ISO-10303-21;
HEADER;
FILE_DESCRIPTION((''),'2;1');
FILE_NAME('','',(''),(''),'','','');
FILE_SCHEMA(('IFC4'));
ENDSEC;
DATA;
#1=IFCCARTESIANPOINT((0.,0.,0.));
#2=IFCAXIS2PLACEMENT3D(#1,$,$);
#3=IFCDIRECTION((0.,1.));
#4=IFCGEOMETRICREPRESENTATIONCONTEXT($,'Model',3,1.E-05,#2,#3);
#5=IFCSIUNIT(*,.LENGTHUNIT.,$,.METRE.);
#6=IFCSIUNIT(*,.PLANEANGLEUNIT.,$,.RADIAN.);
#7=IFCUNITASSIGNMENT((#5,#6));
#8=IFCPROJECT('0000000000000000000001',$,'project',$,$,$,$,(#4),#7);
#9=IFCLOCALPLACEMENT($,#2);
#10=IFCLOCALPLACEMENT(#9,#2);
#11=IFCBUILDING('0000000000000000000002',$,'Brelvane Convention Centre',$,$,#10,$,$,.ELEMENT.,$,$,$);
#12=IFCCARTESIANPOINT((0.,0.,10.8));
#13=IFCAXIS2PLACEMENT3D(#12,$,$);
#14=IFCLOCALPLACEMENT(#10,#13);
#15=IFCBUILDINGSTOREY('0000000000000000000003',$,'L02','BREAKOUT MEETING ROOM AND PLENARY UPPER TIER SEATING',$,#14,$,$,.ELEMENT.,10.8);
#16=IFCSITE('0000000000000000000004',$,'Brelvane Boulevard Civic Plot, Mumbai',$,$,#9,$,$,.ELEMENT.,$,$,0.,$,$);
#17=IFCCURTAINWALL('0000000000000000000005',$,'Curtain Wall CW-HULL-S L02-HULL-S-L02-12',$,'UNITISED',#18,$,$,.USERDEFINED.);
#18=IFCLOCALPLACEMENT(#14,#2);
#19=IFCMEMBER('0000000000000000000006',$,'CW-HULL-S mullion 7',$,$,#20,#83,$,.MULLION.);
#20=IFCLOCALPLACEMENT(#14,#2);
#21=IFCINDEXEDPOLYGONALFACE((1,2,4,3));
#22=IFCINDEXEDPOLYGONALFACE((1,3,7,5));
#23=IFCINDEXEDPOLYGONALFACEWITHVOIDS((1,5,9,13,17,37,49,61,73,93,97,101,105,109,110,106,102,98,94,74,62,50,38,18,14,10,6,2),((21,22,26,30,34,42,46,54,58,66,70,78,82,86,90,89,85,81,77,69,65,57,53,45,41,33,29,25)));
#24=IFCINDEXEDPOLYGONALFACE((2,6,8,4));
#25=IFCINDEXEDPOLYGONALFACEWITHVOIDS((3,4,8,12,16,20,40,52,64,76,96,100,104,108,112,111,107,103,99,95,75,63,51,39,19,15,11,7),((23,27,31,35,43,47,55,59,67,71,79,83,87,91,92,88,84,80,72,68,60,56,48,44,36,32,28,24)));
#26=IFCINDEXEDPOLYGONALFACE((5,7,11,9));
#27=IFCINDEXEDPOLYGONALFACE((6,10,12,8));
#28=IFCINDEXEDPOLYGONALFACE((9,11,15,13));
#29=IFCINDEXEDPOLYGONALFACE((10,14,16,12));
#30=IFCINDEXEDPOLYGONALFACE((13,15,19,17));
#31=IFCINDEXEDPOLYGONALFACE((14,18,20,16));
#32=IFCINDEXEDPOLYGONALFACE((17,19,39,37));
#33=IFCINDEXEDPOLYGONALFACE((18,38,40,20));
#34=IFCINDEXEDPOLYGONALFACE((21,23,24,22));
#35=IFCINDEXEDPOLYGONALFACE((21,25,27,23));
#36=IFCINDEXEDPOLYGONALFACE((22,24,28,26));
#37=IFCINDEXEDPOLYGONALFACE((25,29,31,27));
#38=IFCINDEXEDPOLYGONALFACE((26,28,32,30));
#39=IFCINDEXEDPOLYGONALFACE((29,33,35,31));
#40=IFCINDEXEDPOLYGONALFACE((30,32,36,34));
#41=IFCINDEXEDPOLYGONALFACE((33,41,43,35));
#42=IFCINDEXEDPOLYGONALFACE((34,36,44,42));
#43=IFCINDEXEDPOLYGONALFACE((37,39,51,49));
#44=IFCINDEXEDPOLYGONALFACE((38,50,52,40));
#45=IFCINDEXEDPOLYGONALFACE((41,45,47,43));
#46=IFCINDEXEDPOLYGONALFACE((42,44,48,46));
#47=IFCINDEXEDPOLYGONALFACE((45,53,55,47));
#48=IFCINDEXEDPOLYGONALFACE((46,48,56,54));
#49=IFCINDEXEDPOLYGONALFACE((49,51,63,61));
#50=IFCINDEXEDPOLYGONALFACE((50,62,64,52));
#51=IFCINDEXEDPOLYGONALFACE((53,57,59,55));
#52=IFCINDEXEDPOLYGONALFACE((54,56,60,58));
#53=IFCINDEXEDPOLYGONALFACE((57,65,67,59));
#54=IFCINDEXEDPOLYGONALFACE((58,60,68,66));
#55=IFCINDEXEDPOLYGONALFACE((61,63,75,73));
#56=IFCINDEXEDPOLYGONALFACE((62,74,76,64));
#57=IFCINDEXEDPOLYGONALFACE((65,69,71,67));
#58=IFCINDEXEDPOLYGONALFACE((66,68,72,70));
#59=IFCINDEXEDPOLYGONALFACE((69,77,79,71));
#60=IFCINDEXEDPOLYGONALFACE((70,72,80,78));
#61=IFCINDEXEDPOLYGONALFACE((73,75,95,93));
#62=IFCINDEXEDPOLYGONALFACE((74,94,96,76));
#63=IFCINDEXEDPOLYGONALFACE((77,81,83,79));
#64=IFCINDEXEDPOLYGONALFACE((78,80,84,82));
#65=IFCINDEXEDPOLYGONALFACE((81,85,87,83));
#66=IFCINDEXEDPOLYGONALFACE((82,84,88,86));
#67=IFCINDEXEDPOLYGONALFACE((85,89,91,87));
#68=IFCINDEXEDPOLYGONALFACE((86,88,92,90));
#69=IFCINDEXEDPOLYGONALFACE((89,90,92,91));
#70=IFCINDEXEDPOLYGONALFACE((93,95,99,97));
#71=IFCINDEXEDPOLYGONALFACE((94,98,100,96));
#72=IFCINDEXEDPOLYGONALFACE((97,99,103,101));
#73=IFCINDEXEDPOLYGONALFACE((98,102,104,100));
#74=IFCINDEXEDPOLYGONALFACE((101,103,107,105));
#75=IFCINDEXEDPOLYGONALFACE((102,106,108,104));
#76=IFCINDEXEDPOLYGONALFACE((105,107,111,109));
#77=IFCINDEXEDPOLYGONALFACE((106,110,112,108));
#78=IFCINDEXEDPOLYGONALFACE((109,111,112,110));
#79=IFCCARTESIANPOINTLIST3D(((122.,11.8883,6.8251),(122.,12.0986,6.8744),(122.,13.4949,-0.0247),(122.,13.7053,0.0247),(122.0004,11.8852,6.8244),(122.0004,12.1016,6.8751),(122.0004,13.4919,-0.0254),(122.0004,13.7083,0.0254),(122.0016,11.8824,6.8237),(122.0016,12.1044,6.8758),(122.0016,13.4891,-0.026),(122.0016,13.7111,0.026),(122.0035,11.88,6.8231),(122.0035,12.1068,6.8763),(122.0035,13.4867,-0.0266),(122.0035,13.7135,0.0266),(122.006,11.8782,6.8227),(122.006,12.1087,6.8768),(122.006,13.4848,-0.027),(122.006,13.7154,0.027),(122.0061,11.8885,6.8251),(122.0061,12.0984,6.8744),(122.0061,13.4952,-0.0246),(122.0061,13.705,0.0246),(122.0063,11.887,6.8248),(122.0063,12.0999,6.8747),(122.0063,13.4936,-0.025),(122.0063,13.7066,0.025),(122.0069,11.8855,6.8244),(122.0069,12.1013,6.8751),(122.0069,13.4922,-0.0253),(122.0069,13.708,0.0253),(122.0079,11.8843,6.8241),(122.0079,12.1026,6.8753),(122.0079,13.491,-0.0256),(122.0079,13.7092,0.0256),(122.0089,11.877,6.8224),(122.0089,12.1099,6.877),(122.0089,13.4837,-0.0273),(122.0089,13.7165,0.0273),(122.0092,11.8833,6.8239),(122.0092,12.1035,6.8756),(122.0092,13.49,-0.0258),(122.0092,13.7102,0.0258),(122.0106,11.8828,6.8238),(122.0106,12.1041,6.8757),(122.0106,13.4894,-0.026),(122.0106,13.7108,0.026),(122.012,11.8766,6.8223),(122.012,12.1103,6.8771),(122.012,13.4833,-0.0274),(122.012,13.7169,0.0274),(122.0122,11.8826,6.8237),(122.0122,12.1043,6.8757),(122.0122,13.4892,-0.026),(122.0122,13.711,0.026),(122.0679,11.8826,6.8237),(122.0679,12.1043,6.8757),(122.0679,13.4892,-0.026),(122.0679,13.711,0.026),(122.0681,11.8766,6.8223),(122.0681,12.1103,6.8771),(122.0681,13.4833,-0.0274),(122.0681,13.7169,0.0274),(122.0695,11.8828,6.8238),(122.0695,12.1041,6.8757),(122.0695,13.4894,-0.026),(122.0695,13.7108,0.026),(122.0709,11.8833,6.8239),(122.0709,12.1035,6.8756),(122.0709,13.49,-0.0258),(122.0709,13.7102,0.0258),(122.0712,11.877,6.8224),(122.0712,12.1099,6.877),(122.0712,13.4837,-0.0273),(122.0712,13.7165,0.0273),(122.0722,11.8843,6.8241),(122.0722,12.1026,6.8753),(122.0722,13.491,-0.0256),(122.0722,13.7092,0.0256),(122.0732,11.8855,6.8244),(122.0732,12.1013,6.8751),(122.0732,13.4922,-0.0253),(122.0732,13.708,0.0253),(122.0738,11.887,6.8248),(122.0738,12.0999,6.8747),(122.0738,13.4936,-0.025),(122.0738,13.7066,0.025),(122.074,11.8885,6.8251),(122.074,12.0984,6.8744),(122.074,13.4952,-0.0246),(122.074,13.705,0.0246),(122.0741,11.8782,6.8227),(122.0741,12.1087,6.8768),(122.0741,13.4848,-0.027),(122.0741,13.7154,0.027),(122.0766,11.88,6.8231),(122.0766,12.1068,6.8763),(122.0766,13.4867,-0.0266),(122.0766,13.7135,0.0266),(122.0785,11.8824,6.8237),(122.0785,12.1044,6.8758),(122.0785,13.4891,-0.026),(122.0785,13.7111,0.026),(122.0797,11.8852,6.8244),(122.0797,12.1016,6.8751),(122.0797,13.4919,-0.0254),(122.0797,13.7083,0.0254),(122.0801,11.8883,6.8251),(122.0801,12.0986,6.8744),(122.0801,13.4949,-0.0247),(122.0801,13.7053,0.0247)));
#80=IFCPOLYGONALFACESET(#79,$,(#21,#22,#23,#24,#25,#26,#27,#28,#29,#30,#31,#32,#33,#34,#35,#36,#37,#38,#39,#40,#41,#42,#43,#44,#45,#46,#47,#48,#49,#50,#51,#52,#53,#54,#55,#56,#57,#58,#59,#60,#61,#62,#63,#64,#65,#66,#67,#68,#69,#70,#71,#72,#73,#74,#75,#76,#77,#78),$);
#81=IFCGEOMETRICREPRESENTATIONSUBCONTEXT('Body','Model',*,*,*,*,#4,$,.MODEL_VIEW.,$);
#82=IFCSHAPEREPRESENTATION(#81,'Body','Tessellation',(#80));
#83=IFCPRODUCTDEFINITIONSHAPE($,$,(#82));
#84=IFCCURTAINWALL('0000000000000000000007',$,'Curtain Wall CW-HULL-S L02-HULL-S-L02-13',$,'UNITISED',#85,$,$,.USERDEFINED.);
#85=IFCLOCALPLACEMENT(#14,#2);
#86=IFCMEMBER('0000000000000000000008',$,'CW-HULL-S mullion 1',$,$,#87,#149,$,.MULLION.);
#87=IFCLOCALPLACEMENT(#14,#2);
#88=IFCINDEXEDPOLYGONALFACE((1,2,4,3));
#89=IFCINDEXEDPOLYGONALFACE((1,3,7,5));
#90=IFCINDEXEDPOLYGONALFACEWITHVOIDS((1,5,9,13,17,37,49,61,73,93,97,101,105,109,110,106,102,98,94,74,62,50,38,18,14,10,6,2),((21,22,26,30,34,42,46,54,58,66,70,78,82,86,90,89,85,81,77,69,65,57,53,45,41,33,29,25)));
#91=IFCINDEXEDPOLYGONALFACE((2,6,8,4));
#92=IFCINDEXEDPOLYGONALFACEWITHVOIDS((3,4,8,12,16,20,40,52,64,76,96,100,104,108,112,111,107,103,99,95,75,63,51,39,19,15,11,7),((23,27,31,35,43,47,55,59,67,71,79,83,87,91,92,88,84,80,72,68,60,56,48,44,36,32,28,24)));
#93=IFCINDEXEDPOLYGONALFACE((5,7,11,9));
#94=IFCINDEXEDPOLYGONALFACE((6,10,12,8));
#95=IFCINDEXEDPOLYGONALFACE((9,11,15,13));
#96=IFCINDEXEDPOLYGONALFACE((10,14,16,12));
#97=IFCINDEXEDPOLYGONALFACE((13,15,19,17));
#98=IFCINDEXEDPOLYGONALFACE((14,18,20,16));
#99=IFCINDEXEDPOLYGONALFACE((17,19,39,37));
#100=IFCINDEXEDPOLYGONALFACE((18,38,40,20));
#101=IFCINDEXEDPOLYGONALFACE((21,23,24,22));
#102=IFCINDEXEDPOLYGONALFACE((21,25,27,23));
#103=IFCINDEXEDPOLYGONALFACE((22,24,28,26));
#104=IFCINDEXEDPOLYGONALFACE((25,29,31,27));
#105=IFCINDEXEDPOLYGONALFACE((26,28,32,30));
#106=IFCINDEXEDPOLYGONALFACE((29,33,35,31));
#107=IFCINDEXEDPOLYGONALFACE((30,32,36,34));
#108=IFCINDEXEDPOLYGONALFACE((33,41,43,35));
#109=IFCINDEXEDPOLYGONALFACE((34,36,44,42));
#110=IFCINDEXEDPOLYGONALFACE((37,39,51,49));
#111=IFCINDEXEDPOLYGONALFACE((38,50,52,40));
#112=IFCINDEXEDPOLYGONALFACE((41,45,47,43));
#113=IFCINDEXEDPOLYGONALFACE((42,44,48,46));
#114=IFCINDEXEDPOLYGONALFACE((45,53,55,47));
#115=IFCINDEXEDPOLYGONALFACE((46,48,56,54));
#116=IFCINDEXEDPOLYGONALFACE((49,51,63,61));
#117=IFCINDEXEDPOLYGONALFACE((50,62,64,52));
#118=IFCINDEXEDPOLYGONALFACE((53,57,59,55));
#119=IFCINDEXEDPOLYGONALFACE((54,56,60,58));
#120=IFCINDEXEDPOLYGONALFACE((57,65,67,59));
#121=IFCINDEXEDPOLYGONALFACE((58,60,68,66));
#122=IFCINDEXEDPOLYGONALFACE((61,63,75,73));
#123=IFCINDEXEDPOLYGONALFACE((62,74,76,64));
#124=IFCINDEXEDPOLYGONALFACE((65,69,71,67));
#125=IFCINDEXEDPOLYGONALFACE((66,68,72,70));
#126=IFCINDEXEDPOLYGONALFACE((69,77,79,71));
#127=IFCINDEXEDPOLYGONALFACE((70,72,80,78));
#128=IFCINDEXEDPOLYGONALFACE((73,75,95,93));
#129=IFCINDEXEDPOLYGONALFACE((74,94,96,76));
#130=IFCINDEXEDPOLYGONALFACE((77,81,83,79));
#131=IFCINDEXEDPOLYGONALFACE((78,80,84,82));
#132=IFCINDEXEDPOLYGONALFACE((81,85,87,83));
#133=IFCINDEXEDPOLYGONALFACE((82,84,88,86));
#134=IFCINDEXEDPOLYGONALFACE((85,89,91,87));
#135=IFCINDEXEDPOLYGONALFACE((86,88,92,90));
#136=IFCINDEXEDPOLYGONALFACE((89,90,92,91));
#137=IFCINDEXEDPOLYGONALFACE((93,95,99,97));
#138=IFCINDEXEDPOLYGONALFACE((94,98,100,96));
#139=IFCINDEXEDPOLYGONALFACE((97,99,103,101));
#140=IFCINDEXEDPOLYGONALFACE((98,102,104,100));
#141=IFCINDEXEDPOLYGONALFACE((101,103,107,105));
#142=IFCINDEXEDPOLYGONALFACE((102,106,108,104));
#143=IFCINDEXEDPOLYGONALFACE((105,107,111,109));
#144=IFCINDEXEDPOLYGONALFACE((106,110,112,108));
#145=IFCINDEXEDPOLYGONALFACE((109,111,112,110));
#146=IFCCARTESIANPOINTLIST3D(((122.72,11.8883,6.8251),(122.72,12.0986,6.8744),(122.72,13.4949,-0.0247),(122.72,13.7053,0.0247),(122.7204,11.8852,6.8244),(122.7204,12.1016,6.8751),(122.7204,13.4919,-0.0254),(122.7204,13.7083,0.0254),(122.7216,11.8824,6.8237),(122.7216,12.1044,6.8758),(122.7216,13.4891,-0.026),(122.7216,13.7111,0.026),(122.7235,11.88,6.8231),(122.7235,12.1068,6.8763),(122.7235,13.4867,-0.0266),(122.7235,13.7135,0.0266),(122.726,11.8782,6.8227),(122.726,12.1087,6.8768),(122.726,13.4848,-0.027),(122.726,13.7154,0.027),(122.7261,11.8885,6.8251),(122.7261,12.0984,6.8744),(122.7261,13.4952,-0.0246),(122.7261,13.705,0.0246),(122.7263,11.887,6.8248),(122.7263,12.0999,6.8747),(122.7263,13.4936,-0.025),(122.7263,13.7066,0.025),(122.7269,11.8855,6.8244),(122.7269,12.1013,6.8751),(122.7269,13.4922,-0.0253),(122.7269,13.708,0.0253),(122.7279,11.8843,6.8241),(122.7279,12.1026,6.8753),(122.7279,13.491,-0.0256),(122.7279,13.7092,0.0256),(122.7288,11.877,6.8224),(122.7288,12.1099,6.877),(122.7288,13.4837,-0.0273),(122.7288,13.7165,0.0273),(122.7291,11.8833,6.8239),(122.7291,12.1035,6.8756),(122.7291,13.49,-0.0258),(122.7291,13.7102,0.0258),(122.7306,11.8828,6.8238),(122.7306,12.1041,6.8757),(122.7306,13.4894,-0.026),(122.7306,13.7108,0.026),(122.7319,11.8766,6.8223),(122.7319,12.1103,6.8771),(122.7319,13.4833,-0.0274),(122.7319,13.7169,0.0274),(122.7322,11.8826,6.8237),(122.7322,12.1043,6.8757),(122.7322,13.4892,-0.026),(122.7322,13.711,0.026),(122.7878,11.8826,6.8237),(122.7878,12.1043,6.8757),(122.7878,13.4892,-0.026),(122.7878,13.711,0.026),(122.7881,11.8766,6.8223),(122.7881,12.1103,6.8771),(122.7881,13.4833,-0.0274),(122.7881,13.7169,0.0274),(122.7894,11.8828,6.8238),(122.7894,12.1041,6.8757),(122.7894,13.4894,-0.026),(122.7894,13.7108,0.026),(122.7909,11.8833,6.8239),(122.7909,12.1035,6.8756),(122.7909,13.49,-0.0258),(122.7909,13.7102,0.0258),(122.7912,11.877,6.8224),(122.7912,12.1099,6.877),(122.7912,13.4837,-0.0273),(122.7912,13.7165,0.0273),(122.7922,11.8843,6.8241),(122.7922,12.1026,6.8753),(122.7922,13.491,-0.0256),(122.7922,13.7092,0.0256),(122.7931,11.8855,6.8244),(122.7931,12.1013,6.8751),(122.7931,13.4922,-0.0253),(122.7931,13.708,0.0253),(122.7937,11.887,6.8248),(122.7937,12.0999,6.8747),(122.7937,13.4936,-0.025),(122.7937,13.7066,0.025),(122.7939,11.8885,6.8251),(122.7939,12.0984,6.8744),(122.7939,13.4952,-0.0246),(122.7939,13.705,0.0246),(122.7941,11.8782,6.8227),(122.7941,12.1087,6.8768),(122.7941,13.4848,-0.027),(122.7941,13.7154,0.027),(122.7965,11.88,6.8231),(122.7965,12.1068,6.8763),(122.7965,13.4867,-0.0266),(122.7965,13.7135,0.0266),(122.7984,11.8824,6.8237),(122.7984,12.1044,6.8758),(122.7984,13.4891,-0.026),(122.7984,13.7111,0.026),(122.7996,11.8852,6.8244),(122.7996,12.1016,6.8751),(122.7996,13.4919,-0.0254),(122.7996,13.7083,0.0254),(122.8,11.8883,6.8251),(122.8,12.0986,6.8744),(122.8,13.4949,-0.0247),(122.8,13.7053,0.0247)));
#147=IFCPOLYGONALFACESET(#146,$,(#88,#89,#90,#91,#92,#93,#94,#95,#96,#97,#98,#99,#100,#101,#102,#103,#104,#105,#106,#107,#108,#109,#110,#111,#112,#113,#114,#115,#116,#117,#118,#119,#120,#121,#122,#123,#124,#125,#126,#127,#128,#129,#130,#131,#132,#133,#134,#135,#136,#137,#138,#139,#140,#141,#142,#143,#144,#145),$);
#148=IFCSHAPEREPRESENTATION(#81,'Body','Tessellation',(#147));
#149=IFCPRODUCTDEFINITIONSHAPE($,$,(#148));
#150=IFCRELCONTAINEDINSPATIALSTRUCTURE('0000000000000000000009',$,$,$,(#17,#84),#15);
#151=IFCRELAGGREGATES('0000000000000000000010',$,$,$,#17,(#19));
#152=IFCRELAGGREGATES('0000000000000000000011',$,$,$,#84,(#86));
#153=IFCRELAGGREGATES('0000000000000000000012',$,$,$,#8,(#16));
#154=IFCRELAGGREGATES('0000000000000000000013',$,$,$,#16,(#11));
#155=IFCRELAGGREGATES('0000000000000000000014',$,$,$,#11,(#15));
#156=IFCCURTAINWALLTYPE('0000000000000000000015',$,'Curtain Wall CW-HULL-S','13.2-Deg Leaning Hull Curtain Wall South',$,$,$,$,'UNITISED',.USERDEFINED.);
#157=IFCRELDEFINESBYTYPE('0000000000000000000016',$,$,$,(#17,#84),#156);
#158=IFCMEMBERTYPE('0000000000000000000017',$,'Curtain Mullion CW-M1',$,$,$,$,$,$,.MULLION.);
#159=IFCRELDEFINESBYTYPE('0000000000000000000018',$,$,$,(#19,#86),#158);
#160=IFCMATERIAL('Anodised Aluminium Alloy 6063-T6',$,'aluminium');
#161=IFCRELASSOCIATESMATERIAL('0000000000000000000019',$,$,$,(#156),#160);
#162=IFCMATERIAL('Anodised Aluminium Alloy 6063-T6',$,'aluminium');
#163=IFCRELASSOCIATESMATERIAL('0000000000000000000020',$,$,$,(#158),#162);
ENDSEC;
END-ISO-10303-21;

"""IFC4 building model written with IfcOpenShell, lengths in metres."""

from ifc_helpers import new_model, si_unit, direction, frame, origin, origin_2d, place, context, subcontext, project, spatial, hollow_rectangle, extrude, material, material_profile, profile_set, type_object, element, aggregate, save


model = new_model("IFC4")

# Units and contexts
model_context = context("Model", 3, precision=1e-05, world=origin(), true_north=direction((0.0, 1.0)))
body_context = subcontext(model_context, "Body", "Model", "MODEL_VIEW")
ifc_project = project(units=[si_unit("LENGTHUNIT", "METRE"), si_unit("PLANEANGLEUNIT", "RADIAN")], contexts=[model_context])

# Site, building, storey
site_placement = place(None, origin())
site = spatial("IfcSite", under=ifc_project, at=site_placement, Name="Brelvane Boulevard Civic Plot, Mumbai", CompositionType="ELEMENT", RefElevation=0.0)
building_placement = place(site_placement, origin())
building = spatial("IfcBuilding", under=site, at=building_placement, Name="Brelvane Convention Centre", CompositionType="ELEMENT")
storey_placement = place(building_placement, frame((0.0, 0.0, 10.8)))
storey = spatial("IfcBuildingStorey", under=building, at=storey_placement, Name="L02", Description="BREAKOUT MEETING ROOM AND PLENARY UPPER TIER SEATING", CompositionType="ELEMENT", Elevation=10.8)

# Curtain walls, members
ifc_material_1 = material(Name="Anodised Aluminium Alloy 6063-T6", Category="aluminium")
curtain_wall_type = type_object("IfcCurtainWallType", Name="Curtain Wall CW-HULL-S", Description="13.2-Deg Leaning Hull Curtain Wall South", ElementType="UNITISED", PredefinedType="USERDEFINED", material=ifc_material_1)
curtain_wall_1_placement = place(storey_placement, origin())
curtain_wall_1 = element("IfcCurtainWall", 1, at=curtain_wall_1_placement, inside=storey, type_object=curtain_wall_type, Name="Curtain Wall CW-HULL-S L02-HULL-S-L02-12", ObjectType="UNITISED", PredefinedType="USERDEFINED")
ifc_material_2 = material(Name="Anodised Aluminium Alloy 6063-T6", Category="aluminium")
ifc_material_profile_1 = material_profile(ifc_material_2, hollow_rectangle(XDim=0.0801, YDim=0.24, WallThickness=0.0061, InnerFilletRadius=0.0061, OuterFilletRadius=0.012, at=origin_2d()), Name="ALU-M 240x80x6.0")
ifc_profile_set_1 = profile_set([ifc_material_profile_1], Name="Anodised Aluminium Alloy 6063-T6")
member_type_1 = type_object("IfcMemberType", Name="Curtain Mullion CW-M1", PredefinedType="MULLION", material=ifc_profile_set_1)
member_1_placement = place(storey_placement, frame((122.04, 13.6001, 0.0), z_axis=(0.0, -0.22836, 0.973577), x_axis=(1.0, 0.0, 0.0)))
member_1 = element("IfcMember", 2, at=member_1_placement, type_object=member_type_1, Name="CW-HULL-S mullion 7", PredefinedType="MULLION", context=body_context, shape_type="SweptSolid", body=[
    extrude(hollow_rectangle(XDim=0.0801, YDim=0.24, WallThickness=0.0061, InnerFilletRadius=0.0061, OuterFilletRadius=0.012, at=origin_2d()), origin(), (0.0, 0.0, 1.0), 7.0356),
])
curtain_wall_2_placement = place(storey_placement, origin())
curtain_wall_2 = element("IfcCurtainWall", 3, at=curtain_wall_2_placement, inside=storey, type_object=curtain_wall_type, Name="Curtain Wall CW-HULL-S L02-HULL-S-L02-13", ObjectType="UNITISED", PredefinedType="USERDEFINED")
member_2_placement = place(storey_placement, frame((122.76, 13.6001, 0.0), z_axis=(0.0, -0.22836, 0.973577), x_axis=(1.0, 0.0, 0.0)))
member_2 = element("IfcMember", 4, at=member_2_placement, type_object=member_type_1, Name="CW-HULL-S mullion 1", PredefinedType="MULLION", context=body_context, shape_type="SweptSolid", body=[
    extrude(hollow_rectangle(XDim=0.0801, YDim=0.24, WallThickness=0.0061, InnerFilletRadius=0.0061, OuterFilletRadius=0.012, at=origin_2d()), origin(), (0.0, 0.0, 1.0), 7.0356),
])

aggregate(curtain_wall_1, [member_1])
aggregate(curtain_wall_2, [member_2])

save(model, "model.ifc")
